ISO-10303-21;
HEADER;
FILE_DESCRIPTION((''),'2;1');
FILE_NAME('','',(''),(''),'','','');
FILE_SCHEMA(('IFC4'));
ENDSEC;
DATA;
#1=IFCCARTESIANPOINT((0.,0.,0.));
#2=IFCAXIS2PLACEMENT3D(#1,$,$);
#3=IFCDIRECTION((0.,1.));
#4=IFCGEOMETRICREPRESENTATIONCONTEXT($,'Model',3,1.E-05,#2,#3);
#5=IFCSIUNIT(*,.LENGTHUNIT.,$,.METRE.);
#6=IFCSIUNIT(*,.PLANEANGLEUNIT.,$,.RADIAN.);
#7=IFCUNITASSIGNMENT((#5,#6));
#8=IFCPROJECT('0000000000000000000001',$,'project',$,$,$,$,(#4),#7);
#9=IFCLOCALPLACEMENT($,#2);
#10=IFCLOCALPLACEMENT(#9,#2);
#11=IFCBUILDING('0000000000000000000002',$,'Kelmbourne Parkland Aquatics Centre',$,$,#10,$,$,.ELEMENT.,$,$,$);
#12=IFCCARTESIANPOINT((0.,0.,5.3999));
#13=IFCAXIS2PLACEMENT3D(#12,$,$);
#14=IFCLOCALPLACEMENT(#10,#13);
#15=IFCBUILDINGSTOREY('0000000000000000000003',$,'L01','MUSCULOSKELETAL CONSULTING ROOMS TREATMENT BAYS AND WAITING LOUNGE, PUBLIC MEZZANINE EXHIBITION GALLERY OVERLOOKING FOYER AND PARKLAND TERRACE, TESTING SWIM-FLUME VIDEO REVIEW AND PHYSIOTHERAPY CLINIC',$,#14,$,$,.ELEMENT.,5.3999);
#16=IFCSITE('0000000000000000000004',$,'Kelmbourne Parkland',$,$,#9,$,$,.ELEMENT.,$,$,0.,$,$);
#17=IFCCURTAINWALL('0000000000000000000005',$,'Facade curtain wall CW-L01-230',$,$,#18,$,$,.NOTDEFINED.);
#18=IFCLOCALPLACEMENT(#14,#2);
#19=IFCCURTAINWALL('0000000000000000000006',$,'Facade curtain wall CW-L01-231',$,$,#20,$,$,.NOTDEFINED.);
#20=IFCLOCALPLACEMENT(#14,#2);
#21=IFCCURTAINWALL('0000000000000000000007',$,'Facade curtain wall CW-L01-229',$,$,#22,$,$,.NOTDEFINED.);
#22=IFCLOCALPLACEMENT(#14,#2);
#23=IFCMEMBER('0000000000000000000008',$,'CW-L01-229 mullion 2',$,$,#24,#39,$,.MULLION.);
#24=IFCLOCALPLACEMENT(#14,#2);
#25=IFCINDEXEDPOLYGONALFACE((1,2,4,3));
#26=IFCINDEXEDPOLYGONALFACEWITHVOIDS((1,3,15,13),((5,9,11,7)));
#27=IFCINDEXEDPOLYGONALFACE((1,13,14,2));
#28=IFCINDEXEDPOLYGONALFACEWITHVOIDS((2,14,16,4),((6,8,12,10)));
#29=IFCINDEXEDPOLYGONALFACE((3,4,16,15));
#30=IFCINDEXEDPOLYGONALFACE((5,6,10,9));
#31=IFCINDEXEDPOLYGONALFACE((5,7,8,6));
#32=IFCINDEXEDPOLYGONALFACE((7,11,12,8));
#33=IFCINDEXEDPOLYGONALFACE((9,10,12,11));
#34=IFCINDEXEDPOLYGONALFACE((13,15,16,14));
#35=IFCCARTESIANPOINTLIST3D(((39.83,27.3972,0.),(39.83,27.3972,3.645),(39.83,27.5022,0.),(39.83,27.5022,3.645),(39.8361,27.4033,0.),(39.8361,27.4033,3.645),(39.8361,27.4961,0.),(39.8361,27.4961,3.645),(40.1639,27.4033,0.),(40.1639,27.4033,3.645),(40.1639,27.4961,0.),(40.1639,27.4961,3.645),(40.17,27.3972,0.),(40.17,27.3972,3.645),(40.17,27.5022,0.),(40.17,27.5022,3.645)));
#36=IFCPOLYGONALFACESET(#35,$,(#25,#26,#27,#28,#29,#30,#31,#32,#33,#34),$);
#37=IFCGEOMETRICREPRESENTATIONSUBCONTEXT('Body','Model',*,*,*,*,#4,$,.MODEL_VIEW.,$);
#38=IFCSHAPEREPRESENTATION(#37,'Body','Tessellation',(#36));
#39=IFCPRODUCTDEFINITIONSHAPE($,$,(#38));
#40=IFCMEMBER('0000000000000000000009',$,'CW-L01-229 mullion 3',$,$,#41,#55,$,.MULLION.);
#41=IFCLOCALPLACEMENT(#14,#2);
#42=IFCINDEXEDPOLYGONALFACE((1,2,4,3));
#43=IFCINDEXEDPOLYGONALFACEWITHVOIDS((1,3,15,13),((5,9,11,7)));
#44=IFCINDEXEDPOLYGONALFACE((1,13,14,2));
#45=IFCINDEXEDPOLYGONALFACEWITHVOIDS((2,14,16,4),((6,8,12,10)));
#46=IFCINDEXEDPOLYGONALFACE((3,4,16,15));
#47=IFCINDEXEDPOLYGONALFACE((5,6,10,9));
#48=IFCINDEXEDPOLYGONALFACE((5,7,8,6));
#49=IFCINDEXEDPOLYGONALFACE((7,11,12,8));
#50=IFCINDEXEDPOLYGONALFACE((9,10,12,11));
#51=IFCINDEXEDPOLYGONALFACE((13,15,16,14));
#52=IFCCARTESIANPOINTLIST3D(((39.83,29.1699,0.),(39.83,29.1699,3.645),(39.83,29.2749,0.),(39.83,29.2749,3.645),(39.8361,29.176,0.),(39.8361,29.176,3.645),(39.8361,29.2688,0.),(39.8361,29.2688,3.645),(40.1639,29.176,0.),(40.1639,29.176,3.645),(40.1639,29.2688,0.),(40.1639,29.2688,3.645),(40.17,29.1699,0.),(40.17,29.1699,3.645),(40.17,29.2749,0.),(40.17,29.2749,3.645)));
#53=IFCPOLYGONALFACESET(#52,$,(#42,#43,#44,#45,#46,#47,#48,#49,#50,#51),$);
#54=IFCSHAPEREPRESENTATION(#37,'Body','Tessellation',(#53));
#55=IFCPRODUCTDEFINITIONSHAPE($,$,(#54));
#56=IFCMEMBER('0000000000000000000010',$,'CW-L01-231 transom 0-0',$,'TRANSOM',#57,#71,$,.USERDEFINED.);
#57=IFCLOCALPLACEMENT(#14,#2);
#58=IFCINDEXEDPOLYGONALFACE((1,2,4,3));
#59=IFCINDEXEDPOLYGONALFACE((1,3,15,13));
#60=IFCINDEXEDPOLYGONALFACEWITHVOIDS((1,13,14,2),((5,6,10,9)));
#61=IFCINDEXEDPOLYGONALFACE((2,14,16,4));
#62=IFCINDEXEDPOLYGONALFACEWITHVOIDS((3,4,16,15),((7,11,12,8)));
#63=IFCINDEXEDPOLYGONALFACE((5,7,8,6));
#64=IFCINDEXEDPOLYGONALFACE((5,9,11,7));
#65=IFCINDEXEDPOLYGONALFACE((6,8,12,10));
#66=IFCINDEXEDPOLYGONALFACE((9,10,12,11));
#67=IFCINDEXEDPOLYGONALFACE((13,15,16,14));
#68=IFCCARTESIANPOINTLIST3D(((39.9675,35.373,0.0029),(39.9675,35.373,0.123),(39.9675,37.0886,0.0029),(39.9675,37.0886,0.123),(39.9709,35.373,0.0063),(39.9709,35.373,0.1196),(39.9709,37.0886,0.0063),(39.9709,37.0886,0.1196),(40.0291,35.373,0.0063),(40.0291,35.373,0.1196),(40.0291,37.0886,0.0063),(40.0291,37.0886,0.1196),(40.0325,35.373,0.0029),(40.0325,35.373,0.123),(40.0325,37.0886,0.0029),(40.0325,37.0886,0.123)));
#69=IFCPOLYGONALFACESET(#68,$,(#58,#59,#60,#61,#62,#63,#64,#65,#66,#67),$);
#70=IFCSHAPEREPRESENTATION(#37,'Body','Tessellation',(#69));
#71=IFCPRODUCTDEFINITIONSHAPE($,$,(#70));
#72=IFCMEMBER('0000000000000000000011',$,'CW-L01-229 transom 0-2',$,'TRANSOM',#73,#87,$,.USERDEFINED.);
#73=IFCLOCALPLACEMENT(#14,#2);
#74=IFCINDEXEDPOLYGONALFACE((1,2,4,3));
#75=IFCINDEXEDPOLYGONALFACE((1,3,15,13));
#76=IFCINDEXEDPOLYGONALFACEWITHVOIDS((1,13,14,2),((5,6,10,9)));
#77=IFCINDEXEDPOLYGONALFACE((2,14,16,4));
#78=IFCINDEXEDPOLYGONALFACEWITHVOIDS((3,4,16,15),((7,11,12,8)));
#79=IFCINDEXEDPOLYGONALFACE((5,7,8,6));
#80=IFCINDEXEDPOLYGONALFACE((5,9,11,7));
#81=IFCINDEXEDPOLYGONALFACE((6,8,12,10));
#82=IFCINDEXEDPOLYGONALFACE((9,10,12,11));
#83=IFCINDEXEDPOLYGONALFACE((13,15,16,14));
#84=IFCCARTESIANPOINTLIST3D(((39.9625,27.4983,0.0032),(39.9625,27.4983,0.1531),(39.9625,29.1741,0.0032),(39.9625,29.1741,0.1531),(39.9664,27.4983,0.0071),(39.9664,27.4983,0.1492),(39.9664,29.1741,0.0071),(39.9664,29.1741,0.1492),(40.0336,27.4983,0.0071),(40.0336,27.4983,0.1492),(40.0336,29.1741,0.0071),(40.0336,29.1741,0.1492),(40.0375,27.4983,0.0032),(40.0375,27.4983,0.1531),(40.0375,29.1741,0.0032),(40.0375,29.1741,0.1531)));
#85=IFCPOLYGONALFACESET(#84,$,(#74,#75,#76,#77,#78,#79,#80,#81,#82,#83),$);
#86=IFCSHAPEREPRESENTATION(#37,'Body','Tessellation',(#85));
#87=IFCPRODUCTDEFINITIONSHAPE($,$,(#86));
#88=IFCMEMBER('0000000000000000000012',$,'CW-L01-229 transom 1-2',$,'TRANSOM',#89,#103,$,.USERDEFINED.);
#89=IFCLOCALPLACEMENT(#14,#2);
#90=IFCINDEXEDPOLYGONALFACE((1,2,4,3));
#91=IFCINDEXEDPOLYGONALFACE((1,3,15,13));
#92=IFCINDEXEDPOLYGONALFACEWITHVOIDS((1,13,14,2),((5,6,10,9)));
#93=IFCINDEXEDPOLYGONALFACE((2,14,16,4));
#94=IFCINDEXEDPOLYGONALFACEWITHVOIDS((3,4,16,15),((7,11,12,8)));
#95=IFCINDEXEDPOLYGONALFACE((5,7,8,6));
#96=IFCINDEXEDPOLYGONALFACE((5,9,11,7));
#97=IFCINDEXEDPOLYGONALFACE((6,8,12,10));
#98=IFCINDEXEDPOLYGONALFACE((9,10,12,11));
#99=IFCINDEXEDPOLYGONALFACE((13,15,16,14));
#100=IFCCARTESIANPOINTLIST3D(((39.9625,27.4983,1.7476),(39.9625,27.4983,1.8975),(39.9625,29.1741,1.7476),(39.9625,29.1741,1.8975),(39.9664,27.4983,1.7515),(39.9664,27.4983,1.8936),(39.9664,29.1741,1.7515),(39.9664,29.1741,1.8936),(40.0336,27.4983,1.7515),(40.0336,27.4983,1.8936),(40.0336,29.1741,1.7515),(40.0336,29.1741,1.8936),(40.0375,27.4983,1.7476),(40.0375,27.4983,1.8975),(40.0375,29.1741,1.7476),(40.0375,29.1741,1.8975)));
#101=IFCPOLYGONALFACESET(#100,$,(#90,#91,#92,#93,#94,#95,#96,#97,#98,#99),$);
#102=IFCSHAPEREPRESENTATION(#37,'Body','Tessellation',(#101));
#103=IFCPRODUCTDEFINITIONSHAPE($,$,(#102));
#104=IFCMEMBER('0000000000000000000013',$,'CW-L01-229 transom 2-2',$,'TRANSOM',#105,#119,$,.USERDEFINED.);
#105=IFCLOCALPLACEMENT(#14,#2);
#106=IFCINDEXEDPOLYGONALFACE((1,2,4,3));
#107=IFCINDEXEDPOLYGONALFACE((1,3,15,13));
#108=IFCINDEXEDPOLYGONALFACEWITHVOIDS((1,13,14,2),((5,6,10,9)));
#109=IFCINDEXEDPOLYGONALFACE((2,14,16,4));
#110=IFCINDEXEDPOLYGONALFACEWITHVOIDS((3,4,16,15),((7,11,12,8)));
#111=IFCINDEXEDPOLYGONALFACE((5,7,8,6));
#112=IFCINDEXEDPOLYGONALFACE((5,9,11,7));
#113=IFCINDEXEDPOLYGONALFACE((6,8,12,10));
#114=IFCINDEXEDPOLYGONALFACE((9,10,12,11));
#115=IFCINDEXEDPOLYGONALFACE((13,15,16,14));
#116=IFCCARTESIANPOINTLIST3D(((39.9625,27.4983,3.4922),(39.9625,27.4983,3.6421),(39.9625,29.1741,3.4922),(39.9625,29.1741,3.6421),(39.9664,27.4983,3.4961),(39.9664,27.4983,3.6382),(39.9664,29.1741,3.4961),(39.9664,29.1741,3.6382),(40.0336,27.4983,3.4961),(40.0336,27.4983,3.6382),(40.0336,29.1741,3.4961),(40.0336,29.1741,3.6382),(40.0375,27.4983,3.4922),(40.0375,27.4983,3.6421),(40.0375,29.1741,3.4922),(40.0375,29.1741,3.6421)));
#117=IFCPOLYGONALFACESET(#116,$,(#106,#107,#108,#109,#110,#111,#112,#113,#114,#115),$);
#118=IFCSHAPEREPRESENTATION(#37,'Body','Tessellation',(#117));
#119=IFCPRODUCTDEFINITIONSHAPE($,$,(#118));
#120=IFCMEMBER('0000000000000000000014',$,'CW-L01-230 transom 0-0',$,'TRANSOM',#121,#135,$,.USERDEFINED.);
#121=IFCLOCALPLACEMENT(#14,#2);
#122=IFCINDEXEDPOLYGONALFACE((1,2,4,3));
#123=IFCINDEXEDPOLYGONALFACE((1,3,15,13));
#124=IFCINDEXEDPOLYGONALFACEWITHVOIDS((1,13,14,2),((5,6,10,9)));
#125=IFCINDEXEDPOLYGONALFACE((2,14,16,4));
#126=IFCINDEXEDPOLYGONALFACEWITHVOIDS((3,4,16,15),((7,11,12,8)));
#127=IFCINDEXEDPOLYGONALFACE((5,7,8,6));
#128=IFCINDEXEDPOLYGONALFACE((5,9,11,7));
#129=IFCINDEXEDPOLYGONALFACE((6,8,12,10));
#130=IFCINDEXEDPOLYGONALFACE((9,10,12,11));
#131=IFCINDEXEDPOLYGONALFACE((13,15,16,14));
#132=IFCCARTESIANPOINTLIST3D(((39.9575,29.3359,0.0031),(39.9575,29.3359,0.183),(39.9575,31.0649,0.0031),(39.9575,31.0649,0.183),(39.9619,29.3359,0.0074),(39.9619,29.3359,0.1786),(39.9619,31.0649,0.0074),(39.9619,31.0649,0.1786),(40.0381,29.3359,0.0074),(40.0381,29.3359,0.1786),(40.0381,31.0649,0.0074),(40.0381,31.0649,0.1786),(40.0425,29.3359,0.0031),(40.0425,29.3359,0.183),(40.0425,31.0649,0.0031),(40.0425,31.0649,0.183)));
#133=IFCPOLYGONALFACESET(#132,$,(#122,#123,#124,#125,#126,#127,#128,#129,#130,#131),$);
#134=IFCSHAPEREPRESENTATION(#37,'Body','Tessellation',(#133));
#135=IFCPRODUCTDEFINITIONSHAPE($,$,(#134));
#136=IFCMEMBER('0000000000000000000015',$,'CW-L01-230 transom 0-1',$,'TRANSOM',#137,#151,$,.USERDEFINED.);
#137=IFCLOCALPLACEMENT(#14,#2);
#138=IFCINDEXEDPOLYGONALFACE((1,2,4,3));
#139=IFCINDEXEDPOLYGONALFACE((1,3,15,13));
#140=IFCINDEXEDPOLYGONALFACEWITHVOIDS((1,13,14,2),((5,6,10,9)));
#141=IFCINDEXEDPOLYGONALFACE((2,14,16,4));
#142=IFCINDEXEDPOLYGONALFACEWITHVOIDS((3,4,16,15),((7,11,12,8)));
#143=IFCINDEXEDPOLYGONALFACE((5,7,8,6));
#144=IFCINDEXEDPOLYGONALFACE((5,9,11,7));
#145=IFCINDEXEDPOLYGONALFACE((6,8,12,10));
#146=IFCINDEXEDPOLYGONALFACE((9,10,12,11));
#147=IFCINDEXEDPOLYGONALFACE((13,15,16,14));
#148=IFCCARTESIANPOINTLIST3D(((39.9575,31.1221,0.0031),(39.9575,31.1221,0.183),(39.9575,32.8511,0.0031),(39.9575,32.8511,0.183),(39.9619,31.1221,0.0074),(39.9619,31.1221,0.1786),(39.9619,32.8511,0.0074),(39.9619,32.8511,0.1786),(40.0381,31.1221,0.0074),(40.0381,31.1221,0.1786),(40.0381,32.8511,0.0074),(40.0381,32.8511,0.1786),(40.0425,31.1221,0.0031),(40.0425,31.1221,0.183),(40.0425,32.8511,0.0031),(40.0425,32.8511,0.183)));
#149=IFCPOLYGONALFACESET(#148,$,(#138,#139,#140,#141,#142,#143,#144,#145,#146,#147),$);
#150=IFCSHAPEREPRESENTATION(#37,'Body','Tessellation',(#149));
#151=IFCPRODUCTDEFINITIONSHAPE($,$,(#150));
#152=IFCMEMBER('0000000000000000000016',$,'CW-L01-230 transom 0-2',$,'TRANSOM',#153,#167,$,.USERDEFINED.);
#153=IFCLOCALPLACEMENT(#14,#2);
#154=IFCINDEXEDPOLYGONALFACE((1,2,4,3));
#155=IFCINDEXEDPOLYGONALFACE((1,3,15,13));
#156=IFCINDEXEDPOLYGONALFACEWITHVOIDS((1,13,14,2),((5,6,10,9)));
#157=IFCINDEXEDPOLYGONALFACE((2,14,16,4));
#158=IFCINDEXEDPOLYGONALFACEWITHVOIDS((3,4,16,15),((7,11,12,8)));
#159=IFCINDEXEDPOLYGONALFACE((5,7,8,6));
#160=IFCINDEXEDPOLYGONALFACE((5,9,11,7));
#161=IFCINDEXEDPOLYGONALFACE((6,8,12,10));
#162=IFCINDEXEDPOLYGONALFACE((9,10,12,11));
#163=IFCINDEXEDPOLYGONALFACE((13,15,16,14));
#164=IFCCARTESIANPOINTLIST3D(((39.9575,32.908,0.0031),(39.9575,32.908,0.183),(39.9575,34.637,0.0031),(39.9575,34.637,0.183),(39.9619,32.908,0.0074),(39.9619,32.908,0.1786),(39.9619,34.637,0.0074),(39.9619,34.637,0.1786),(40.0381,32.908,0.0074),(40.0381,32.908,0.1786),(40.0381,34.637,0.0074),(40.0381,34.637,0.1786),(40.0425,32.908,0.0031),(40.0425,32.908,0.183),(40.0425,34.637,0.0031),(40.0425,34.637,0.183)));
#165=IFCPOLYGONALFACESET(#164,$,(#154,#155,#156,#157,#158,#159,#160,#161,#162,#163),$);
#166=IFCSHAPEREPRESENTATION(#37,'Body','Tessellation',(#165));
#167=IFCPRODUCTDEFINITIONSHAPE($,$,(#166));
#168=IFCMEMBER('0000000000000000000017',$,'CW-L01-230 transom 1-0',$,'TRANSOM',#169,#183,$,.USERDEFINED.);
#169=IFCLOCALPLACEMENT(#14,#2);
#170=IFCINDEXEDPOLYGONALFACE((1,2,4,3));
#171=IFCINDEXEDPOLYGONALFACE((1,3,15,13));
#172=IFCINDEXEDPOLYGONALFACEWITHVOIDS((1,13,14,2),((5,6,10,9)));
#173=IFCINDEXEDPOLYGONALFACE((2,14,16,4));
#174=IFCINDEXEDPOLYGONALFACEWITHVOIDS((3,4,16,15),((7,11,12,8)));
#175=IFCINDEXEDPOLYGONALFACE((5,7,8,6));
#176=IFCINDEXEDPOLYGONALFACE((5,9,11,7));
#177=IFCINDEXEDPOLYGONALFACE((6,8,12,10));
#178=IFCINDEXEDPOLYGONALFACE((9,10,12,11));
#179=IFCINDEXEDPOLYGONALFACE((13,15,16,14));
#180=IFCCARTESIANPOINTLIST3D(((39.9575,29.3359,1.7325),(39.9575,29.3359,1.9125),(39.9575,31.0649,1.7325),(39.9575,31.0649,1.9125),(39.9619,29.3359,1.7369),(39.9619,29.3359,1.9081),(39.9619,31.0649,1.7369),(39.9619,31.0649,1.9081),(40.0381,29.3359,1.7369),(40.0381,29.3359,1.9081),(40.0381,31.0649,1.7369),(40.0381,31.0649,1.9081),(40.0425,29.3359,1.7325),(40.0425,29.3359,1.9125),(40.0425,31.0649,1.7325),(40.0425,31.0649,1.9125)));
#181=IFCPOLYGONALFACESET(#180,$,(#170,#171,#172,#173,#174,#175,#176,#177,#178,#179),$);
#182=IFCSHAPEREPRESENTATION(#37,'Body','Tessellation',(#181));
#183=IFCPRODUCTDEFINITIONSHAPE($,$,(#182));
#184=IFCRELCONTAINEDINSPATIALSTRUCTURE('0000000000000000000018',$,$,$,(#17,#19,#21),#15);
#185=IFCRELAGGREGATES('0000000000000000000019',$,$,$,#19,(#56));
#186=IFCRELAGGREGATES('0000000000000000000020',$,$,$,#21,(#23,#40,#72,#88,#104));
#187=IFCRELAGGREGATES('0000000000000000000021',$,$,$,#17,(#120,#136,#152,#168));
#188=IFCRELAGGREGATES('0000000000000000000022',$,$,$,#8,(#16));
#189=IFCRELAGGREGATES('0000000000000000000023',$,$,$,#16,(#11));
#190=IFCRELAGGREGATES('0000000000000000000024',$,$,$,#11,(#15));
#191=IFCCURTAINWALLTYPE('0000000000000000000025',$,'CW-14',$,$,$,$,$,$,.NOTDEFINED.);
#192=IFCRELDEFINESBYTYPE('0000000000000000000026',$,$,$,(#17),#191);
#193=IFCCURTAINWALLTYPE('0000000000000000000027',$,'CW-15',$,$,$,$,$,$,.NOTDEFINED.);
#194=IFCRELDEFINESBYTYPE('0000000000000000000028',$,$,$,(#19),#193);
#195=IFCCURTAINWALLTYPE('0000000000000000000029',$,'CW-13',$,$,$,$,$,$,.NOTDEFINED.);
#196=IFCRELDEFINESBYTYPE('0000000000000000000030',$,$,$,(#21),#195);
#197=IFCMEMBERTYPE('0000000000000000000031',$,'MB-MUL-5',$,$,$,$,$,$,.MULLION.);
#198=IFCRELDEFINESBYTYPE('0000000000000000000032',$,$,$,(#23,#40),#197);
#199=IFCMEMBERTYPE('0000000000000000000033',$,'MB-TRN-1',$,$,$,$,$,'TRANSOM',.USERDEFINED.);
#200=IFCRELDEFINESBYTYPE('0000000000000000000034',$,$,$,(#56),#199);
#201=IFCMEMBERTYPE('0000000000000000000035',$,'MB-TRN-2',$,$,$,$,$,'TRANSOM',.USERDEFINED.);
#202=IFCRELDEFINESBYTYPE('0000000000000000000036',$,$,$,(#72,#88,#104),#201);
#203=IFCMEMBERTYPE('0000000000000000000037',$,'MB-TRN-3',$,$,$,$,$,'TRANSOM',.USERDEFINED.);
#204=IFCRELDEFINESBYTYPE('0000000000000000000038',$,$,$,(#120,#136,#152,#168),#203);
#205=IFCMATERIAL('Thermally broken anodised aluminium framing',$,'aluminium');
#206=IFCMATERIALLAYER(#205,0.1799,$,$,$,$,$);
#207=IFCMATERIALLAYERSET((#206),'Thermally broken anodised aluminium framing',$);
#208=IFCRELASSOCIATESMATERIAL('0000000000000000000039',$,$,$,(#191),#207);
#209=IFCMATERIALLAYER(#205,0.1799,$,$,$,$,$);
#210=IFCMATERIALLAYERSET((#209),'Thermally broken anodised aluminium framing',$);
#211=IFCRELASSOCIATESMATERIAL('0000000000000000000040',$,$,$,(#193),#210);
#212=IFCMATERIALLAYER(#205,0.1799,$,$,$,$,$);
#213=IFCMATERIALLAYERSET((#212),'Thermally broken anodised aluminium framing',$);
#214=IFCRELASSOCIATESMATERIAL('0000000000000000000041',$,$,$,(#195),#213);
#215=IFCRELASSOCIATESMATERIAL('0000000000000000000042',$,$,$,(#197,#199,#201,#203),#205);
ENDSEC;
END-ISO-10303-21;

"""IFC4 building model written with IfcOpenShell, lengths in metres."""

from ifc_helpers import new_model, si_unit, direction, frame, origin, origin_2d, place, context, subcontext, project, spatial, hollow_rectangle, extrude, material, layer, layer_set, material_profile, profile_set, type_object, element, aggregate, save


model = new_model("IFC4")

# Units and contexts
model_context = context("Model", 3, precision=1e-05, world=origin(), true_north=direction((0.0, 1.0)))
body_context = subcontext(model_context, "Body", "Model", "MODEL_VIEW")
ifc_project = project(units=[si_unit("LENGTHUNIT", "METRE"), si_unit("PLANEANGLEUNIT", "RADIAN")], contexts=[model_context])

# Site, building, storey
site_placement = place(None, origin())
site = spatial("IfcSite", under=ifc_project, at=site_placement, Name="Kelmbourne Parkland", CompositionType="ELEMENT", RefElevation=0.0)
building_placement = place(site_placement, origin())
building = spatial("IfcBuilding", under=site, at=building_placement, Name="Kelmbourne Parkland Aquatics Centre", CompositionType="ELEMENT")
storey_placement = place(building_placement, frame((0.0, 0.0, 5.3999)))
storey = spatial("IfcBuildingStorey", under=building, at=storey_placement, Name="L01", Description="MUSCULOSKELETAL CONSULTING ROOMS TREATMENT BAYS AND WAITING LOUNGE, PUBLIC MEZZANINE EXHIBITION GALLERY OVERLOOKING FOYER AND PARKLAND TERRACE, TESTING SWIM-FLUME VIDEO REVIEW AND PHYSIOTHERAPY CLINIC", CompositionType="ELEMENT", Elevation=5.3999)

# Curtain wall
ifc_material_1 = material(Name="Thermally broken anodised aluminium framing", Category="aluminium")
ifc_layer_1 = layer(ifc_material_1, 0.1799)
ifc_layer_set_1 = layer_set([ifc_layer_1], Name="Thermally broken anodised aluminium framing")
curtain_wall_type_1 = type_object("IfcCurtainWallType", Name="CW-14", PredefinedType="NOTDEFINED", material=ifc_layer_set_1)
curtain_wall_1_placement = place(storey_placement, origin())
curtain_wall_1 = element("IfcCurtainWall", 1, at=curtain_wall_1_placement, inside=storey, type_object=curtain_wall_type_1, Name="Facade curtain wall CW-L01-230", PredefinedType="NOTDEFINED")

# Curtain wall
ifc_layer_2 = layer(ifc_material_1, 0.1799)
ifc_layer_set_2 = layer_set([ifc_layer_2], Name="Thermally broken anodised aluminium framing")
curtain_wall_type_2 = type_object("IfcCurtainWallType", Name="CW-15", PredefinedType="NOTDEFINED", material=ifc_layer_set_2)
curtain_wall_2_placement = place(storey_placement, origin())
curtain_wall_2 = element("IfcCurtainWall", 2, at=curtain_wall_2_placement, inside=storey, type_object=curtain_wall_type_2, Name="Facade curtain wall CW-L01-231", PredefinedType="NOTDEFINED")

# Curtain wall, members
ifc_layer_3 = layer(ifc_material_1, 0.1799)
ifc_layer_set_3 = layer_set([ifc_layer_3], Name="Thermally broken anodised aluminium framing")
curtain_wall_type_3 = type_object("IfcCurtainWallType", Name="CW-13", PredefinedType="NOTDEFINED", material=ifc_layer_set_3)
curtain_wall_3_placement = place(storey_placement, origin())
curtain_wall_3 = element("IfcCurtainWall", 3, at=curtain_wall_3_placement, inside=storey, type_object=curtain_wall_type_3, Name="Facade curtain wall CW-L01-229", PredefinedType="NOTDEFINED")
ifc_material_profile_1 = material_profile(ifc_material_1, hollow_rectangle(XDim=0.105, YDim=0.3401, WallThickness=0.0061, at=origin_2d()), Name="CW-M 105x340")
ifc_profile_set_1 = profile_set([ifc_material_profile_1], Name="Thermally broken anodised aluminium framing")
member_type_1 = type_object("IfcMemberType", Name="MB-MUL-5", PredefinedType="MULLION", material=ifc_profile_set_1)
member_1_placement = place(storey_placement, frame((40.0, 27.4497, 0.0), z_axis=(0.0, 0.0, 1.0), x_axis=(0.0, 1.0, 0.0)))
member_1 = element("IfcMember", 4, at=member_1_placement, type_object=member_type_1, Name="CW-L01-229 mullion 2", PredefinedType="MULLION", context=body_context, shape_type="SweptSolid", body=[
    extrude(hollow_rectangle(XDim=0.105, YDim=0.3401, WallThickness=0.0061, at=origin_2d()), origin(), (0.0, 0.0, 1.0), 3.645),
])
member_2_placement = place(storey_placement, frame((40.0, 29.2224, 0.0), z_axis=(0.0, 0.0, 1.0), x_axis=(0.0, 1.0, 0.0)))
member_2 = element("IfcMember", 5, at=member_2_placement, type_object=member_type_1, Name="CW-L01-229 mullion 3", PredefinedType="MULLION", context=body_context, shape_type="SweptSolid", body=[
    extrude(hollow_rectangle(XDim=0.105, YDim=0.3401, WallThickness=0.0061, at=origin_2d()), origin(), (0.0, 0.0, 1.0), 3.645),
])

# Members
ifc_material_profile_2 = material_profile(ifc_material_1, hollow_rectangle(XDim=0.0649, YDim=0.1201, WallThickness=0.0034, at=origin_2d()), Name="CW-T 65x120")
ifc_profile_set_2 = profile_set([ifc_material_profile_2], Name="Thermally broken anodised aluminium framing")
member_type_2 = type_object("IfcMemberType", Name="MB-TRN-1", ElementType="TRANSOM", PredefinedType="USERDEFINED", material=ifc_profile_set_2)
member_3_placement = place(storey_placement, frame((40.0, 35.373, 0.063), z_axis=(0.0, 1.0, 0.0), x_axis=(-1.0, 0.0, 0.0)))
member_3 = element("IfcMember", 6, at=member_3_placement, type_object=member_type_2, Name="CW-L01-231 transom 0-0", ObjectType="TRANSOM", PredefinedType="USERDEFINED", context=body_context, shape_type="SweptSolid", body=[
    extrude(hollow_rectangle(XDim=0.0649, YDim=0.1201, WallThickness=0.0034, at=origin_2d()), origin(), (0.0, 0.0, 1.0), 1.7156),
])
aggregate(curtain_wall_2, [member_3])
ifc_material_profile_3 = material_profile(ifc_material_1, hollow_rectangle(XDim=0.075, YDim=0.1499, WallThickness=0.0039, at=origin_2d()), Name="CW-T 75x150")
ifc_profile_set_3 = profile_set([ifc_material_profile_3], Name="Thermally broken anodised aluminium framing")
member_type_3 = type_object("IfcMemberType", Name="MB-TRN-2", ElementType="TRANSOM", PredefinedType="USERDEFINED", material=ifc_profile_set_3)
member_4_placement = place(storey_placement, frame((40.0, 27.4983, 0.0781), z_axis=(0.0, 1.0, 0.0), x_axis=(-1.0, 0.0, 0.0)))
member_4 = element("IfcMember", 7, at=member_4_placement, type_object=member_type_3, Name="CW-L01-229 transom 0-2", ObjectType="TRANSOM", PredefinedType="USERDEFINED", context=body_context, shape_type="SweptSolid", body=[
    extrude(hollow_rectangle(XDim=0.075, YDim=0.1499, WallThickness=0.0039, at=origin_2d()), origin(), (0.0, 0.0, 1.0), 1.6758),
])
member_5_placement = place(storey_placement, frame((40.0, 27.4983, 1.8225), z_axis=(0.0, 1.0, 0.0), x_axis=(-1.0, 0.0, 0.0)))
member_5 = element("IfcMember", 8, at=member_5_placement, type_object=member_type_3, Name="CW-L01-229 transom 1-2", ObjectType="TRANSOM", PredefinedType="USERDEFINED", context=body_context, shape_type="SweptSolid", body=[
    extrude(hollow_rectangle(XDim=0.075, YDim=0.1499, WallThickness=0.0039, at=origin_2d()), origin(), (0.0, 0.0, 1.0), 1.6758),
])
member_6_placement = place(storey_placement, frame((40.0, 27.4983, 3.5671), z_axis=(0.0, 1.0, 0.0), x_axis=(-1.0, 0.0, 0.0)))
member_6 = element("IfcMember", 9, at=member_6_placement, type_object=member_type_3, Name="CW-L01-229 transom 2-2", ObjectType="TRANSOM", PredefinedType="USERDEFINED", context=body_context, shape_type="SweptSolid", body=[
    extrude(hollow_rectangle(XDim=0.075, YDim=0.1499, WallThickness=0.0039, at=origin_2d()), origin(), (0.0, 0.0, 1.0), 1.6758),
])
ifc_material_profile_4 = material_profile(ifc_material_1, hollow_rectangle(XDim=0.085, YDim=0.1799, WallThickness=0.0044, at=origin_2d()), Name="CW-T 85x180")
ifc_profile_set_4 = profile_set([ifc_material_profile_4], Name="Thermally broken anodised aluminium framing")
member_type_4 = type_object("IfcMemberType", Name="MB-TRN-3", ElementType="TRANSOM", PredefinedType="USERDEFINED", material=ifc_profile_set_4)
member_7_placement = place(storey_placement, frame((40.0, 29.3359, 0.093), z_axis=(0.0, 1.0, 0.0), x_axis=(-1.0, 0.0, 0.0)))
member_7 = element("IfcMember", 10, at=member_7_placement, type_object=member_type_4, Name="CW-L01-230 transom 0-0", ObjectType="TRANSOM", PredefinedType="USERDEFINED", context=body_context, shape_type="SweptSolid", body=[
    extrude(hollow_rectangle(XDim=0.085, YDim=0.1799, WallThickness=0.0044, at=origin_2d()), origin(), (0.0, 0.0, 1.0), 1.729),
])
member_8_placement = place(storey_placement, frame((40.0, 31.1221, 0.093), z_axis=(0.0, 1.0, 0.0), x_axis=(-1.0, 0.0, 0.0)))
member_8 = element("IfcMember", 11, at=member_8_placement, type_object=member_type_4, Name="CW-L01-230 transom 0-1", ObjectType="TRANSOM", PredefinedType="USERDEFINED", context=body_context, shape_type="SweptSolid", body=[
    extrude(hollow_rectangle(XDim=0.085, YDim=0.1799, WallThickness=0.0044, at=origin_2d()), origin(), (0.0, 0.0, 1.0), 1.729),
])
member_9_placement = place(storey_placement, frame((40.0, 32.908, 0.093), z_axis=(0.0, 1.0, 0.0), x_axis=(-1.0, 0.0, 0.0)))
member_9 = element("IfcMember", 12, at=member_9_placement, type_object=member_type_4, Name="CW-L01-230 transom 0-2", ObjectType="TRANSOM", PredefinedType="USERDEFINED", context=body_context, shape_type="SweptSolid", body=[
    extrude(hollow_rectangle(XDim=0.085, YDim=0.1799, WallThickness=0.0044, at=origin_2d()), origin(), (0.0, 0.0, 1.0), 1.729),
])
member_10_placement = place(storey_placement, frame((40.0, 29.3359, 1.8225), z_axis=(0.0, 1.0, 0.0), x_axis=(-1.0, 0.0, 0.0)))
member_10 = element("IfcMember", 13, at=member_10_placement, type_object=member_type_4, Name="CW-L01-230 transom 1-0", ObjectType="TRANSOM", PredefinedType="USERDEFINED", context=body_context, shape_type="SweptSolid", body=[
    extrude(hollow_rectangle(XDim=0.085, YDim=0.1799, WallThickness=0.0044, at=origin_2d()), origin(), (0.0, 0.0, 1.0), 1.729),
])

aggregate(curtain_wall_3, [member_1, member_2, member_4, member_5, member_6])
aggregate(curtain_wall_1, [member_7, member_8, member_9, member_10])

save(model, "model.ifc")
